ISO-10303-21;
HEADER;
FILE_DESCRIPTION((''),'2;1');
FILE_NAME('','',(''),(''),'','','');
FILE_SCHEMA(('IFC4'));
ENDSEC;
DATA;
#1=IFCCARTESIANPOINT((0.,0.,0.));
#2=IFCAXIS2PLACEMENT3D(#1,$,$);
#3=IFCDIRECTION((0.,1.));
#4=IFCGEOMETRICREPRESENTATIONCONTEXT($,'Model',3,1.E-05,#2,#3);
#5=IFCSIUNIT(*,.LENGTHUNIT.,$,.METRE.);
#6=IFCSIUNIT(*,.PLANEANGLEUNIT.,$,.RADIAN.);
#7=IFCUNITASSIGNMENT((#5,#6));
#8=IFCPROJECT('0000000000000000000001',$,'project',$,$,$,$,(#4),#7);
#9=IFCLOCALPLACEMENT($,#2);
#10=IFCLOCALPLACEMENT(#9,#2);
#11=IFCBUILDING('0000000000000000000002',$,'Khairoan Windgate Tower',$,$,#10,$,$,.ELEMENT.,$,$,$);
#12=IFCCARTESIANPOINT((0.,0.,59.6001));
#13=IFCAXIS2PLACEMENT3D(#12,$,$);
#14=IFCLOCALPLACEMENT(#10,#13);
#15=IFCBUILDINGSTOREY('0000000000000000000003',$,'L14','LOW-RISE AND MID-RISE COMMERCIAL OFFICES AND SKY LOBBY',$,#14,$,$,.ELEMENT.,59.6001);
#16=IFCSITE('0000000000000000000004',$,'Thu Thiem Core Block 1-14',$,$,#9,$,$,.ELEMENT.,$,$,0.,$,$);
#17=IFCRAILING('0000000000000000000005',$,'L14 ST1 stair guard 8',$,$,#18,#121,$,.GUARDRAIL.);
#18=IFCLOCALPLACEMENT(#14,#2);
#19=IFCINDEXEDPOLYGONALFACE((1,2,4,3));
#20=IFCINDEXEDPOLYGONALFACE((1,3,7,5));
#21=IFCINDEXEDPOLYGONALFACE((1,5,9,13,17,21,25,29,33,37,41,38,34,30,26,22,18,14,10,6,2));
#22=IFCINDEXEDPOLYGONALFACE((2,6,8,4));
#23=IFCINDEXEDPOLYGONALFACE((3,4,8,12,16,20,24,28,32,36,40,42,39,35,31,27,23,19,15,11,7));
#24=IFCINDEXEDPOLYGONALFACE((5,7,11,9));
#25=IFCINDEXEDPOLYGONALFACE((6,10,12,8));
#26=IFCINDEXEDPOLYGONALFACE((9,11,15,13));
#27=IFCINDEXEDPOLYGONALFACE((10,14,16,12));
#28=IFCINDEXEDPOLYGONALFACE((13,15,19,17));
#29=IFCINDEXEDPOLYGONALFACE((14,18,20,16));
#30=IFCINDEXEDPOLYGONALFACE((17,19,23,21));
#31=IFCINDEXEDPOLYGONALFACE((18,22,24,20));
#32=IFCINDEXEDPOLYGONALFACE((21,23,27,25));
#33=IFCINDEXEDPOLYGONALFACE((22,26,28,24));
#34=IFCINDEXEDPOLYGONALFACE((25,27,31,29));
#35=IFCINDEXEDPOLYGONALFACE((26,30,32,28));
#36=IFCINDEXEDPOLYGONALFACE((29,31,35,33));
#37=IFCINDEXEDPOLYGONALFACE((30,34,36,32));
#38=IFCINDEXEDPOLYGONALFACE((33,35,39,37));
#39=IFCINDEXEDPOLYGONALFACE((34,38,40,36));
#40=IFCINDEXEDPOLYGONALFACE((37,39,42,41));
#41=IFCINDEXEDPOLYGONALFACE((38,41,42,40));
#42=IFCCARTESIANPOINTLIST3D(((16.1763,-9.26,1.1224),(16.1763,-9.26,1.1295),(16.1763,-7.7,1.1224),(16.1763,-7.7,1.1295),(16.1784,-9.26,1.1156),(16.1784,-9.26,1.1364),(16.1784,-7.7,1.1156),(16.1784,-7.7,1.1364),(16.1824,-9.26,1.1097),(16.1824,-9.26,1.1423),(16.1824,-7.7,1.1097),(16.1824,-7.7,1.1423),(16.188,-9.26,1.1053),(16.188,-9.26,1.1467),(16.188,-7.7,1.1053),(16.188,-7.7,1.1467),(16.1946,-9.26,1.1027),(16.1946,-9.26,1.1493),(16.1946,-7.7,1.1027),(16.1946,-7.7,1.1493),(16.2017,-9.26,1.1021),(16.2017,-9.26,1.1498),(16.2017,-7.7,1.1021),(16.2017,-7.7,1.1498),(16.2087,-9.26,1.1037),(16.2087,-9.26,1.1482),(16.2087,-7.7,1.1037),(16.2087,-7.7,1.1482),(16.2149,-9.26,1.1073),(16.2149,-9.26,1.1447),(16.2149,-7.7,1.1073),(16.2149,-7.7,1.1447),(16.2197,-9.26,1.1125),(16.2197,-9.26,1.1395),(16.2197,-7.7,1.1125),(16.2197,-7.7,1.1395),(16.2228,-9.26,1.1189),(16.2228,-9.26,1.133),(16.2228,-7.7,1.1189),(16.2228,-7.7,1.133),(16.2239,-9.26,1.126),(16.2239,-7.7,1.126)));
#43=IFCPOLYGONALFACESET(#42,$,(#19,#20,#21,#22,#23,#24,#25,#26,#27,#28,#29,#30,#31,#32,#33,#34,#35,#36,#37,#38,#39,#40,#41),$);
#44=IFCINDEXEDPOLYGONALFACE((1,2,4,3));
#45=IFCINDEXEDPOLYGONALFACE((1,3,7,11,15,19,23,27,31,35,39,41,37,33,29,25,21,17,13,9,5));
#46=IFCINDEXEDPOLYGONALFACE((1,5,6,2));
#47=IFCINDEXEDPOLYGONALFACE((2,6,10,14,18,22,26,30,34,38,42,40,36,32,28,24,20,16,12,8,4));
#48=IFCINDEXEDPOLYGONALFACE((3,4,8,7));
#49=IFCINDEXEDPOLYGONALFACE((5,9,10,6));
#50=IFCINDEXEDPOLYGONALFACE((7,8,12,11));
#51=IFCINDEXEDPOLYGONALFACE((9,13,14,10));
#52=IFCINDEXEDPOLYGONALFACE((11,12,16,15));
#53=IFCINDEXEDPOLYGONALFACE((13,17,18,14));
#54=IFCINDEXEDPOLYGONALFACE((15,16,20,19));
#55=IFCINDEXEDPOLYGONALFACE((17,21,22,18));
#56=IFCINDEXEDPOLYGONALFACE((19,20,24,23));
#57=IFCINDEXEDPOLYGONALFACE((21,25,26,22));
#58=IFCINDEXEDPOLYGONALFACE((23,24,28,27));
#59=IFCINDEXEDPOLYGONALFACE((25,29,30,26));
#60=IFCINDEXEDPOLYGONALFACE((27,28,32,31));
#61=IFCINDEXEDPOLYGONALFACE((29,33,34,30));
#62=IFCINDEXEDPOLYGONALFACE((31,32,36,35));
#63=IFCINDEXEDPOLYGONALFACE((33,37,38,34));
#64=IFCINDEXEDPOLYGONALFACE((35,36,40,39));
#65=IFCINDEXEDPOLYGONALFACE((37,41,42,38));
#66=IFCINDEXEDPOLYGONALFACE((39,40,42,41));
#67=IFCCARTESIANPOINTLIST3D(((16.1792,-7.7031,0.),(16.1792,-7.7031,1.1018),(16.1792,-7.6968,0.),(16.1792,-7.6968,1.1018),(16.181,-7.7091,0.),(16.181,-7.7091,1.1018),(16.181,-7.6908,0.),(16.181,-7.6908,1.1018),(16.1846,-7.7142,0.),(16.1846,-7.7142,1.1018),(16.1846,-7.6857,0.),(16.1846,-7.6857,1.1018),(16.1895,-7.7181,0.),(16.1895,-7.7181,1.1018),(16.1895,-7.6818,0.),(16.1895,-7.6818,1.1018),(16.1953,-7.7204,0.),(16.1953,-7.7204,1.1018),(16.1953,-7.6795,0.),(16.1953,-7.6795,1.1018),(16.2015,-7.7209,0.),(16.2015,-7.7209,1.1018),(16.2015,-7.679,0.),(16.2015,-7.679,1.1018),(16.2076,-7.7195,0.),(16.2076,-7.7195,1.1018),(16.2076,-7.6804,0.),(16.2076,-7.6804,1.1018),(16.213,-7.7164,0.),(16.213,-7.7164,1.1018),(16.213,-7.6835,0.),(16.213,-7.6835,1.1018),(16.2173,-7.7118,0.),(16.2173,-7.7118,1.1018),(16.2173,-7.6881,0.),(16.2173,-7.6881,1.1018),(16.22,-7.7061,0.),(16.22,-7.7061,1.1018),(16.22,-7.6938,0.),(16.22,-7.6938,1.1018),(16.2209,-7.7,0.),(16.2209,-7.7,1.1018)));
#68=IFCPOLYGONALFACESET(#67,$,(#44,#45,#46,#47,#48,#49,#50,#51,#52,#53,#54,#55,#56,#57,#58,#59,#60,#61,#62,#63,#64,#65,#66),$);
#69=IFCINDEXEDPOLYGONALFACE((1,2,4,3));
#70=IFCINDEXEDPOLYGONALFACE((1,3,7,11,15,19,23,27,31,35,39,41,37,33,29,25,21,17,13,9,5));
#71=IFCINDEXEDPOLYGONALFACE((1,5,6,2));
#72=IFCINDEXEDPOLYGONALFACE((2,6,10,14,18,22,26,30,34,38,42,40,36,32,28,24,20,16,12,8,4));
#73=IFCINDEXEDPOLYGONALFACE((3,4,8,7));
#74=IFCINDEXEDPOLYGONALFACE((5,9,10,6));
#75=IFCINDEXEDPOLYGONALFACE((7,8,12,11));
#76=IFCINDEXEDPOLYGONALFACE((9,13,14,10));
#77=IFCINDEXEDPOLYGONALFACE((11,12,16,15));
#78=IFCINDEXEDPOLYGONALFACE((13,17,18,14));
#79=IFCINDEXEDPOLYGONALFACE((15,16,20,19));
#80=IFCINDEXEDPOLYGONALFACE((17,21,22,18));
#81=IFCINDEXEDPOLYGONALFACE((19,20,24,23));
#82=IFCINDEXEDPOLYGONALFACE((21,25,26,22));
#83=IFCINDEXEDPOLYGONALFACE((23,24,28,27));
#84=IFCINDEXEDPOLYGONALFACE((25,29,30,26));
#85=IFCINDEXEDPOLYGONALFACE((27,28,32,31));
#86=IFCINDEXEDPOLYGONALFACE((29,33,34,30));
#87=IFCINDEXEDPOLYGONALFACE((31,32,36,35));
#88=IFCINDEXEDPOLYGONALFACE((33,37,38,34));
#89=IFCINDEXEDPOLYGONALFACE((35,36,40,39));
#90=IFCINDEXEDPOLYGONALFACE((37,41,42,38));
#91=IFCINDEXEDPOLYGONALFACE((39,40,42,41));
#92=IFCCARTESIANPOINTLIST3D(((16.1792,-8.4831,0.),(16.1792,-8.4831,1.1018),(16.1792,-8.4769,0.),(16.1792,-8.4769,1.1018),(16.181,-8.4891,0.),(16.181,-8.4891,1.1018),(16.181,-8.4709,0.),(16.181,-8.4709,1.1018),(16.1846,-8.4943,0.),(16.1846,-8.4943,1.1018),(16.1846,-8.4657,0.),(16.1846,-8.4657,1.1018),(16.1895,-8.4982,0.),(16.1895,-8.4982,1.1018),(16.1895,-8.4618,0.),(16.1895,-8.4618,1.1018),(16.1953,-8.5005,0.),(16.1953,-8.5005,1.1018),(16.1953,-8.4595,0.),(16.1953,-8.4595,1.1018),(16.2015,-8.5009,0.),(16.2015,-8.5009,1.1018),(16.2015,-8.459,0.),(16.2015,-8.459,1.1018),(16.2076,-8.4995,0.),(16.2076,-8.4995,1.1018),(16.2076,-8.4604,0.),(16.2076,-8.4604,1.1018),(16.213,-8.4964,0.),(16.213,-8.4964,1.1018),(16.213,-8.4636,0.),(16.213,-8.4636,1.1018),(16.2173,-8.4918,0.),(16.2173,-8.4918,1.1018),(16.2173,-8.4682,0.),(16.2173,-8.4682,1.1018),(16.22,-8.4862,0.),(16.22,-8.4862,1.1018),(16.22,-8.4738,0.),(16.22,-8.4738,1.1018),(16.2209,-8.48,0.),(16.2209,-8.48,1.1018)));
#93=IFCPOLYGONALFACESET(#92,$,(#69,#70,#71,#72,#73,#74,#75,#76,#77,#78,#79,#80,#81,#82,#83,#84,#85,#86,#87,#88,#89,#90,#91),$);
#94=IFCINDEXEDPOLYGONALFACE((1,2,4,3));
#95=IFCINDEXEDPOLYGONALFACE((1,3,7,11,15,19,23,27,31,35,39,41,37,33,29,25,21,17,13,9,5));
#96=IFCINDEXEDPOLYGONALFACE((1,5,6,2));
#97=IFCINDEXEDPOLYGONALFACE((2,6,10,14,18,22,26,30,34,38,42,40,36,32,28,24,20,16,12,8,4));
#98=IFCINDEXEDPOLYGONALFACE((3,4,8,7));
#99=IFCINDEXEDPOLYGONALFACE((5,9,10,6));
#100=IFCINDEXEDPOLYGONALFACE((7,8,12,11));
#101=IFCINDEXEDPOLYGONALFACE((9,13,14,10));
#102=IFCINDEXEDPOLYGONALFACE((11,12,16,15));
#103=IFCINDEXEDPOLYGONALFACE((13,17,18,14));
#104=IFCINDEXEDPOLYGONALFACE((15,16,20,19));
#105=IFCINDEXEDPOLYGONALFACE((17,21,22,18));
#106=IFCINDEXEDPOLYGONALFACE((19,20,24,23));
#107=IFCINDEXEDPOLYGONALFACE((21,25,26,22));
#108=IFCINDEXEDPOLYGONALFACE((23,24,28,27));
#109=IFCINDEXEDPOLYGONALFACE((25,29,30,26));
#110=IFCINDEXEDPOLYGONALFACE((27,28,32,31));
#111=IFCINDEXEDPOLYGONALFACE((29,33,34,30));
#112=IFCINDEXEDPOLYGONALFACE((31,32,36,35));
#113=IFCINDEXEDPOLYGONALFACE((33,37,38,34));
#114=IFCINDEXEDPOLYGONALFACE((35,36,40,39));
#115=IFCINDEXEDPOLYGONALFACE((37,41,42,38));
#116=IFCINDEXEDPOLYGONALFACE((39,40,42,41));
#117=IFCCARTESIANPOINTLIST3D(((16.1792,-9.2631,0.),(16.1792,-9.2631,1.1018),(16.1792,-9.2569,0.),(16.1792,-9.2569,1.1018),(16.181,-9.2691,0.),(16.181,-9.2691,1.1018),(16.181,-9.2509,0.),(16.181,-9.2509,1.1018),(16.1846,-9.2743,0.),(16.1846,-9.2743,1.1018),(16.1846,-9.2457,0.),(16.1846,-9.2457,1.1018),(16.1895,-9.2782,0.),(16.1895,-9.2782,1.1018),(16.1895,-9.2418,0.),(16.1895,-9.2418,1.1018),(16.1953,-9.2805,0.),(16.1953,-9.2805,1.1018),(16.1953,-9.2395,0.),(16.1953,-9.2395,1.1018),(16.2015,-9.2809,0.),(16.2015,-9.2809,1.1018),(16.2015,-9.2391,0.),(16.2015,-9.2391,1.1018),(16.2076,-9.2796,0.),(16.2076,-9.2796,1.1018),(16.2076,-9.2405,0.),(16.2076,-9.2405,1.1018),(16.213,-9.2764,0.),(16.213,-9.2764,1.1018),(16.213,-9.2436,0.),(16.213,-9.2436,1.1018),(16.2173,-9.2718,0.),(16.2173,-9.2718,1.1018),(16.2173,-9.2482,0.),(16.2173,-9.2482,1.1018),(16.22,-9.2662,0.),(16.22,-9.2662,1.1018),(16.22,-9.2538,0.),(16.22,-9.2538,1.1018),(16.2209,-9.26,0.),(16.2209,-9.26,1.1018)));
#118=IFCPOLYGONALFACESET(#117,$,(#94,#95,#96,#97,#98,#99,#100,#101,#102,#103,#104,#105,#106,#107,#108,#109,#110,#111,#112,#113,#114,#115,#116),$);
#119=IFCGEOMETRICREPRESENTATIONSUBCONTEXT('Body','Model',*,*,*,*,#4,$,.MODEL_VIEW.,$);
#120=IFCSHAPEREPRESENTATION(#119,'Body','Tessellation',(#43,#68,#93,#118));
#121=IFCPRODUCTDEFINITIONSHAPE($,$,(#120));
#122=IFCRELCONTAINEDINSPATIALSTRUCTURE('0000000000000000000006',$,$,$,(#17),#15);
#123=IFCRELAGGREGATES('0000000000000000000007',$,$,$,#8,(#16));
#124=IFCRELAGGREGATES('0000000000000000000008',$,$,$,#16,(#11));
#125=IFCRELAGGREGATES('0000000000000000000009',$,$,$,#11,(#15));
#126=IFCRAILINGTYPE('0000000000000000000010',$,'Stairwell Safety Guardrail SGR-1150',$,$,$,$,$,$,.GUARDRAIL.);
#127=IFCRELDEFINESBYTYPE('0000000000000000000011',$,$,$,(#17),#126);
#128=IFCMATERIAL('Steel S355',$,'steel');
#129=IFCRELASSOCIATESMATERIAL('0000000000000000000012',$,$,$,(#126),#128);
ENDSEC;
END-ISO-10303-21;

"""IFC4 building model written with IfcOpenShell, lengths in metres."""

from ifc_helpers import new_model, si_unit, direction, frame, origin, origin_2d, place, context, subcontext, project, spatial, circle, extrude, material, type_object, element, save


model = new_model("IFC4")

# Units and contexts
model_context = context("Model", 3, precision=1e-05, world=origin(), true_north=direction((0.0, 1.0)))
body_context = subcontext(model_context, "Body", "Model", "MODEL_VIEW")
ifc_project = project(units=[si_unit("LENGTHUNIT", "METRE"), si_unit("PLANEANGLEUNIT", "RADIAN")], contexts=[model_context])

# Site, building, storey
site_placement = place(None, origin())
site = spatial("IfcSite", under=ifc_project, at=site_placement, Name="Thu Thiem Core Block 1-14", CompositionType="ELEMENT", RefElevation=0.0)
building_placement = place(site_placement, origin())
building = spatial("IfcBuilding", under=site, at=building_placement, Name="Khairoan Windgate Tower", CompositionType="ELEMENT")
storey_placement = place(building_placement, frame((0.0, 0.0, 59.6001)))
storey = spatial("IfcBuildingStorey", under=building, at=storey_placement, Name="L14", Description="LOW-RISE AND MID-RISE COMMERCIAL OFFICES AND SKY LOBBY", CompositionType="ELEMENT", Elevation=59.6001)

# Railing
ifc_material_1 = material(Name="Steel S355", Category="steel")
railing_type_1 = type_object("IfcRailingType", Name="Stairwell Safety Guardrail SGR-1150", PredefinedType="GUARDRAIL", material=ifc_material_1)
railing_1_placement = place(storey_placement, frame((16.2, -7.7, 0.0)))
element("IfcRailing", 1, at=railing_1_placement, inside=storey, type_object=railing_type_1, Name="L14 ST1 stair guard 8", PredefinedType="GUARDRAIL", context=body_context, shape_type="SweptSolid", body=[
    extrude(circle(Radius=0.0239, at=origin_2d()), frame((0.0, 0.0, 1.126), z_axis=(0.0, -1.0, 0.0), x_axis=(1.0, 0.0, 0.0)), (0.0, 0.0, 1.0), 1.5601),
    extrude(circle(Radius=0.021, at=origin_2d()), origin(), (0.0, 0.0, 1.0), 1.1018),
    extrude(circle(Radius=0.021, at=origin_2d()), frame((0.0, -0.78, 0.0)), (0.0, 0.0, 1.0), 1.1018),
    extrude(circle(Radius=0.021, at=origin_2d()), frame((0.0, -1.5601, 0.0)), (0.0, 0.0, 1.0), 1.1018),
])

save(model, "model.ifc")
